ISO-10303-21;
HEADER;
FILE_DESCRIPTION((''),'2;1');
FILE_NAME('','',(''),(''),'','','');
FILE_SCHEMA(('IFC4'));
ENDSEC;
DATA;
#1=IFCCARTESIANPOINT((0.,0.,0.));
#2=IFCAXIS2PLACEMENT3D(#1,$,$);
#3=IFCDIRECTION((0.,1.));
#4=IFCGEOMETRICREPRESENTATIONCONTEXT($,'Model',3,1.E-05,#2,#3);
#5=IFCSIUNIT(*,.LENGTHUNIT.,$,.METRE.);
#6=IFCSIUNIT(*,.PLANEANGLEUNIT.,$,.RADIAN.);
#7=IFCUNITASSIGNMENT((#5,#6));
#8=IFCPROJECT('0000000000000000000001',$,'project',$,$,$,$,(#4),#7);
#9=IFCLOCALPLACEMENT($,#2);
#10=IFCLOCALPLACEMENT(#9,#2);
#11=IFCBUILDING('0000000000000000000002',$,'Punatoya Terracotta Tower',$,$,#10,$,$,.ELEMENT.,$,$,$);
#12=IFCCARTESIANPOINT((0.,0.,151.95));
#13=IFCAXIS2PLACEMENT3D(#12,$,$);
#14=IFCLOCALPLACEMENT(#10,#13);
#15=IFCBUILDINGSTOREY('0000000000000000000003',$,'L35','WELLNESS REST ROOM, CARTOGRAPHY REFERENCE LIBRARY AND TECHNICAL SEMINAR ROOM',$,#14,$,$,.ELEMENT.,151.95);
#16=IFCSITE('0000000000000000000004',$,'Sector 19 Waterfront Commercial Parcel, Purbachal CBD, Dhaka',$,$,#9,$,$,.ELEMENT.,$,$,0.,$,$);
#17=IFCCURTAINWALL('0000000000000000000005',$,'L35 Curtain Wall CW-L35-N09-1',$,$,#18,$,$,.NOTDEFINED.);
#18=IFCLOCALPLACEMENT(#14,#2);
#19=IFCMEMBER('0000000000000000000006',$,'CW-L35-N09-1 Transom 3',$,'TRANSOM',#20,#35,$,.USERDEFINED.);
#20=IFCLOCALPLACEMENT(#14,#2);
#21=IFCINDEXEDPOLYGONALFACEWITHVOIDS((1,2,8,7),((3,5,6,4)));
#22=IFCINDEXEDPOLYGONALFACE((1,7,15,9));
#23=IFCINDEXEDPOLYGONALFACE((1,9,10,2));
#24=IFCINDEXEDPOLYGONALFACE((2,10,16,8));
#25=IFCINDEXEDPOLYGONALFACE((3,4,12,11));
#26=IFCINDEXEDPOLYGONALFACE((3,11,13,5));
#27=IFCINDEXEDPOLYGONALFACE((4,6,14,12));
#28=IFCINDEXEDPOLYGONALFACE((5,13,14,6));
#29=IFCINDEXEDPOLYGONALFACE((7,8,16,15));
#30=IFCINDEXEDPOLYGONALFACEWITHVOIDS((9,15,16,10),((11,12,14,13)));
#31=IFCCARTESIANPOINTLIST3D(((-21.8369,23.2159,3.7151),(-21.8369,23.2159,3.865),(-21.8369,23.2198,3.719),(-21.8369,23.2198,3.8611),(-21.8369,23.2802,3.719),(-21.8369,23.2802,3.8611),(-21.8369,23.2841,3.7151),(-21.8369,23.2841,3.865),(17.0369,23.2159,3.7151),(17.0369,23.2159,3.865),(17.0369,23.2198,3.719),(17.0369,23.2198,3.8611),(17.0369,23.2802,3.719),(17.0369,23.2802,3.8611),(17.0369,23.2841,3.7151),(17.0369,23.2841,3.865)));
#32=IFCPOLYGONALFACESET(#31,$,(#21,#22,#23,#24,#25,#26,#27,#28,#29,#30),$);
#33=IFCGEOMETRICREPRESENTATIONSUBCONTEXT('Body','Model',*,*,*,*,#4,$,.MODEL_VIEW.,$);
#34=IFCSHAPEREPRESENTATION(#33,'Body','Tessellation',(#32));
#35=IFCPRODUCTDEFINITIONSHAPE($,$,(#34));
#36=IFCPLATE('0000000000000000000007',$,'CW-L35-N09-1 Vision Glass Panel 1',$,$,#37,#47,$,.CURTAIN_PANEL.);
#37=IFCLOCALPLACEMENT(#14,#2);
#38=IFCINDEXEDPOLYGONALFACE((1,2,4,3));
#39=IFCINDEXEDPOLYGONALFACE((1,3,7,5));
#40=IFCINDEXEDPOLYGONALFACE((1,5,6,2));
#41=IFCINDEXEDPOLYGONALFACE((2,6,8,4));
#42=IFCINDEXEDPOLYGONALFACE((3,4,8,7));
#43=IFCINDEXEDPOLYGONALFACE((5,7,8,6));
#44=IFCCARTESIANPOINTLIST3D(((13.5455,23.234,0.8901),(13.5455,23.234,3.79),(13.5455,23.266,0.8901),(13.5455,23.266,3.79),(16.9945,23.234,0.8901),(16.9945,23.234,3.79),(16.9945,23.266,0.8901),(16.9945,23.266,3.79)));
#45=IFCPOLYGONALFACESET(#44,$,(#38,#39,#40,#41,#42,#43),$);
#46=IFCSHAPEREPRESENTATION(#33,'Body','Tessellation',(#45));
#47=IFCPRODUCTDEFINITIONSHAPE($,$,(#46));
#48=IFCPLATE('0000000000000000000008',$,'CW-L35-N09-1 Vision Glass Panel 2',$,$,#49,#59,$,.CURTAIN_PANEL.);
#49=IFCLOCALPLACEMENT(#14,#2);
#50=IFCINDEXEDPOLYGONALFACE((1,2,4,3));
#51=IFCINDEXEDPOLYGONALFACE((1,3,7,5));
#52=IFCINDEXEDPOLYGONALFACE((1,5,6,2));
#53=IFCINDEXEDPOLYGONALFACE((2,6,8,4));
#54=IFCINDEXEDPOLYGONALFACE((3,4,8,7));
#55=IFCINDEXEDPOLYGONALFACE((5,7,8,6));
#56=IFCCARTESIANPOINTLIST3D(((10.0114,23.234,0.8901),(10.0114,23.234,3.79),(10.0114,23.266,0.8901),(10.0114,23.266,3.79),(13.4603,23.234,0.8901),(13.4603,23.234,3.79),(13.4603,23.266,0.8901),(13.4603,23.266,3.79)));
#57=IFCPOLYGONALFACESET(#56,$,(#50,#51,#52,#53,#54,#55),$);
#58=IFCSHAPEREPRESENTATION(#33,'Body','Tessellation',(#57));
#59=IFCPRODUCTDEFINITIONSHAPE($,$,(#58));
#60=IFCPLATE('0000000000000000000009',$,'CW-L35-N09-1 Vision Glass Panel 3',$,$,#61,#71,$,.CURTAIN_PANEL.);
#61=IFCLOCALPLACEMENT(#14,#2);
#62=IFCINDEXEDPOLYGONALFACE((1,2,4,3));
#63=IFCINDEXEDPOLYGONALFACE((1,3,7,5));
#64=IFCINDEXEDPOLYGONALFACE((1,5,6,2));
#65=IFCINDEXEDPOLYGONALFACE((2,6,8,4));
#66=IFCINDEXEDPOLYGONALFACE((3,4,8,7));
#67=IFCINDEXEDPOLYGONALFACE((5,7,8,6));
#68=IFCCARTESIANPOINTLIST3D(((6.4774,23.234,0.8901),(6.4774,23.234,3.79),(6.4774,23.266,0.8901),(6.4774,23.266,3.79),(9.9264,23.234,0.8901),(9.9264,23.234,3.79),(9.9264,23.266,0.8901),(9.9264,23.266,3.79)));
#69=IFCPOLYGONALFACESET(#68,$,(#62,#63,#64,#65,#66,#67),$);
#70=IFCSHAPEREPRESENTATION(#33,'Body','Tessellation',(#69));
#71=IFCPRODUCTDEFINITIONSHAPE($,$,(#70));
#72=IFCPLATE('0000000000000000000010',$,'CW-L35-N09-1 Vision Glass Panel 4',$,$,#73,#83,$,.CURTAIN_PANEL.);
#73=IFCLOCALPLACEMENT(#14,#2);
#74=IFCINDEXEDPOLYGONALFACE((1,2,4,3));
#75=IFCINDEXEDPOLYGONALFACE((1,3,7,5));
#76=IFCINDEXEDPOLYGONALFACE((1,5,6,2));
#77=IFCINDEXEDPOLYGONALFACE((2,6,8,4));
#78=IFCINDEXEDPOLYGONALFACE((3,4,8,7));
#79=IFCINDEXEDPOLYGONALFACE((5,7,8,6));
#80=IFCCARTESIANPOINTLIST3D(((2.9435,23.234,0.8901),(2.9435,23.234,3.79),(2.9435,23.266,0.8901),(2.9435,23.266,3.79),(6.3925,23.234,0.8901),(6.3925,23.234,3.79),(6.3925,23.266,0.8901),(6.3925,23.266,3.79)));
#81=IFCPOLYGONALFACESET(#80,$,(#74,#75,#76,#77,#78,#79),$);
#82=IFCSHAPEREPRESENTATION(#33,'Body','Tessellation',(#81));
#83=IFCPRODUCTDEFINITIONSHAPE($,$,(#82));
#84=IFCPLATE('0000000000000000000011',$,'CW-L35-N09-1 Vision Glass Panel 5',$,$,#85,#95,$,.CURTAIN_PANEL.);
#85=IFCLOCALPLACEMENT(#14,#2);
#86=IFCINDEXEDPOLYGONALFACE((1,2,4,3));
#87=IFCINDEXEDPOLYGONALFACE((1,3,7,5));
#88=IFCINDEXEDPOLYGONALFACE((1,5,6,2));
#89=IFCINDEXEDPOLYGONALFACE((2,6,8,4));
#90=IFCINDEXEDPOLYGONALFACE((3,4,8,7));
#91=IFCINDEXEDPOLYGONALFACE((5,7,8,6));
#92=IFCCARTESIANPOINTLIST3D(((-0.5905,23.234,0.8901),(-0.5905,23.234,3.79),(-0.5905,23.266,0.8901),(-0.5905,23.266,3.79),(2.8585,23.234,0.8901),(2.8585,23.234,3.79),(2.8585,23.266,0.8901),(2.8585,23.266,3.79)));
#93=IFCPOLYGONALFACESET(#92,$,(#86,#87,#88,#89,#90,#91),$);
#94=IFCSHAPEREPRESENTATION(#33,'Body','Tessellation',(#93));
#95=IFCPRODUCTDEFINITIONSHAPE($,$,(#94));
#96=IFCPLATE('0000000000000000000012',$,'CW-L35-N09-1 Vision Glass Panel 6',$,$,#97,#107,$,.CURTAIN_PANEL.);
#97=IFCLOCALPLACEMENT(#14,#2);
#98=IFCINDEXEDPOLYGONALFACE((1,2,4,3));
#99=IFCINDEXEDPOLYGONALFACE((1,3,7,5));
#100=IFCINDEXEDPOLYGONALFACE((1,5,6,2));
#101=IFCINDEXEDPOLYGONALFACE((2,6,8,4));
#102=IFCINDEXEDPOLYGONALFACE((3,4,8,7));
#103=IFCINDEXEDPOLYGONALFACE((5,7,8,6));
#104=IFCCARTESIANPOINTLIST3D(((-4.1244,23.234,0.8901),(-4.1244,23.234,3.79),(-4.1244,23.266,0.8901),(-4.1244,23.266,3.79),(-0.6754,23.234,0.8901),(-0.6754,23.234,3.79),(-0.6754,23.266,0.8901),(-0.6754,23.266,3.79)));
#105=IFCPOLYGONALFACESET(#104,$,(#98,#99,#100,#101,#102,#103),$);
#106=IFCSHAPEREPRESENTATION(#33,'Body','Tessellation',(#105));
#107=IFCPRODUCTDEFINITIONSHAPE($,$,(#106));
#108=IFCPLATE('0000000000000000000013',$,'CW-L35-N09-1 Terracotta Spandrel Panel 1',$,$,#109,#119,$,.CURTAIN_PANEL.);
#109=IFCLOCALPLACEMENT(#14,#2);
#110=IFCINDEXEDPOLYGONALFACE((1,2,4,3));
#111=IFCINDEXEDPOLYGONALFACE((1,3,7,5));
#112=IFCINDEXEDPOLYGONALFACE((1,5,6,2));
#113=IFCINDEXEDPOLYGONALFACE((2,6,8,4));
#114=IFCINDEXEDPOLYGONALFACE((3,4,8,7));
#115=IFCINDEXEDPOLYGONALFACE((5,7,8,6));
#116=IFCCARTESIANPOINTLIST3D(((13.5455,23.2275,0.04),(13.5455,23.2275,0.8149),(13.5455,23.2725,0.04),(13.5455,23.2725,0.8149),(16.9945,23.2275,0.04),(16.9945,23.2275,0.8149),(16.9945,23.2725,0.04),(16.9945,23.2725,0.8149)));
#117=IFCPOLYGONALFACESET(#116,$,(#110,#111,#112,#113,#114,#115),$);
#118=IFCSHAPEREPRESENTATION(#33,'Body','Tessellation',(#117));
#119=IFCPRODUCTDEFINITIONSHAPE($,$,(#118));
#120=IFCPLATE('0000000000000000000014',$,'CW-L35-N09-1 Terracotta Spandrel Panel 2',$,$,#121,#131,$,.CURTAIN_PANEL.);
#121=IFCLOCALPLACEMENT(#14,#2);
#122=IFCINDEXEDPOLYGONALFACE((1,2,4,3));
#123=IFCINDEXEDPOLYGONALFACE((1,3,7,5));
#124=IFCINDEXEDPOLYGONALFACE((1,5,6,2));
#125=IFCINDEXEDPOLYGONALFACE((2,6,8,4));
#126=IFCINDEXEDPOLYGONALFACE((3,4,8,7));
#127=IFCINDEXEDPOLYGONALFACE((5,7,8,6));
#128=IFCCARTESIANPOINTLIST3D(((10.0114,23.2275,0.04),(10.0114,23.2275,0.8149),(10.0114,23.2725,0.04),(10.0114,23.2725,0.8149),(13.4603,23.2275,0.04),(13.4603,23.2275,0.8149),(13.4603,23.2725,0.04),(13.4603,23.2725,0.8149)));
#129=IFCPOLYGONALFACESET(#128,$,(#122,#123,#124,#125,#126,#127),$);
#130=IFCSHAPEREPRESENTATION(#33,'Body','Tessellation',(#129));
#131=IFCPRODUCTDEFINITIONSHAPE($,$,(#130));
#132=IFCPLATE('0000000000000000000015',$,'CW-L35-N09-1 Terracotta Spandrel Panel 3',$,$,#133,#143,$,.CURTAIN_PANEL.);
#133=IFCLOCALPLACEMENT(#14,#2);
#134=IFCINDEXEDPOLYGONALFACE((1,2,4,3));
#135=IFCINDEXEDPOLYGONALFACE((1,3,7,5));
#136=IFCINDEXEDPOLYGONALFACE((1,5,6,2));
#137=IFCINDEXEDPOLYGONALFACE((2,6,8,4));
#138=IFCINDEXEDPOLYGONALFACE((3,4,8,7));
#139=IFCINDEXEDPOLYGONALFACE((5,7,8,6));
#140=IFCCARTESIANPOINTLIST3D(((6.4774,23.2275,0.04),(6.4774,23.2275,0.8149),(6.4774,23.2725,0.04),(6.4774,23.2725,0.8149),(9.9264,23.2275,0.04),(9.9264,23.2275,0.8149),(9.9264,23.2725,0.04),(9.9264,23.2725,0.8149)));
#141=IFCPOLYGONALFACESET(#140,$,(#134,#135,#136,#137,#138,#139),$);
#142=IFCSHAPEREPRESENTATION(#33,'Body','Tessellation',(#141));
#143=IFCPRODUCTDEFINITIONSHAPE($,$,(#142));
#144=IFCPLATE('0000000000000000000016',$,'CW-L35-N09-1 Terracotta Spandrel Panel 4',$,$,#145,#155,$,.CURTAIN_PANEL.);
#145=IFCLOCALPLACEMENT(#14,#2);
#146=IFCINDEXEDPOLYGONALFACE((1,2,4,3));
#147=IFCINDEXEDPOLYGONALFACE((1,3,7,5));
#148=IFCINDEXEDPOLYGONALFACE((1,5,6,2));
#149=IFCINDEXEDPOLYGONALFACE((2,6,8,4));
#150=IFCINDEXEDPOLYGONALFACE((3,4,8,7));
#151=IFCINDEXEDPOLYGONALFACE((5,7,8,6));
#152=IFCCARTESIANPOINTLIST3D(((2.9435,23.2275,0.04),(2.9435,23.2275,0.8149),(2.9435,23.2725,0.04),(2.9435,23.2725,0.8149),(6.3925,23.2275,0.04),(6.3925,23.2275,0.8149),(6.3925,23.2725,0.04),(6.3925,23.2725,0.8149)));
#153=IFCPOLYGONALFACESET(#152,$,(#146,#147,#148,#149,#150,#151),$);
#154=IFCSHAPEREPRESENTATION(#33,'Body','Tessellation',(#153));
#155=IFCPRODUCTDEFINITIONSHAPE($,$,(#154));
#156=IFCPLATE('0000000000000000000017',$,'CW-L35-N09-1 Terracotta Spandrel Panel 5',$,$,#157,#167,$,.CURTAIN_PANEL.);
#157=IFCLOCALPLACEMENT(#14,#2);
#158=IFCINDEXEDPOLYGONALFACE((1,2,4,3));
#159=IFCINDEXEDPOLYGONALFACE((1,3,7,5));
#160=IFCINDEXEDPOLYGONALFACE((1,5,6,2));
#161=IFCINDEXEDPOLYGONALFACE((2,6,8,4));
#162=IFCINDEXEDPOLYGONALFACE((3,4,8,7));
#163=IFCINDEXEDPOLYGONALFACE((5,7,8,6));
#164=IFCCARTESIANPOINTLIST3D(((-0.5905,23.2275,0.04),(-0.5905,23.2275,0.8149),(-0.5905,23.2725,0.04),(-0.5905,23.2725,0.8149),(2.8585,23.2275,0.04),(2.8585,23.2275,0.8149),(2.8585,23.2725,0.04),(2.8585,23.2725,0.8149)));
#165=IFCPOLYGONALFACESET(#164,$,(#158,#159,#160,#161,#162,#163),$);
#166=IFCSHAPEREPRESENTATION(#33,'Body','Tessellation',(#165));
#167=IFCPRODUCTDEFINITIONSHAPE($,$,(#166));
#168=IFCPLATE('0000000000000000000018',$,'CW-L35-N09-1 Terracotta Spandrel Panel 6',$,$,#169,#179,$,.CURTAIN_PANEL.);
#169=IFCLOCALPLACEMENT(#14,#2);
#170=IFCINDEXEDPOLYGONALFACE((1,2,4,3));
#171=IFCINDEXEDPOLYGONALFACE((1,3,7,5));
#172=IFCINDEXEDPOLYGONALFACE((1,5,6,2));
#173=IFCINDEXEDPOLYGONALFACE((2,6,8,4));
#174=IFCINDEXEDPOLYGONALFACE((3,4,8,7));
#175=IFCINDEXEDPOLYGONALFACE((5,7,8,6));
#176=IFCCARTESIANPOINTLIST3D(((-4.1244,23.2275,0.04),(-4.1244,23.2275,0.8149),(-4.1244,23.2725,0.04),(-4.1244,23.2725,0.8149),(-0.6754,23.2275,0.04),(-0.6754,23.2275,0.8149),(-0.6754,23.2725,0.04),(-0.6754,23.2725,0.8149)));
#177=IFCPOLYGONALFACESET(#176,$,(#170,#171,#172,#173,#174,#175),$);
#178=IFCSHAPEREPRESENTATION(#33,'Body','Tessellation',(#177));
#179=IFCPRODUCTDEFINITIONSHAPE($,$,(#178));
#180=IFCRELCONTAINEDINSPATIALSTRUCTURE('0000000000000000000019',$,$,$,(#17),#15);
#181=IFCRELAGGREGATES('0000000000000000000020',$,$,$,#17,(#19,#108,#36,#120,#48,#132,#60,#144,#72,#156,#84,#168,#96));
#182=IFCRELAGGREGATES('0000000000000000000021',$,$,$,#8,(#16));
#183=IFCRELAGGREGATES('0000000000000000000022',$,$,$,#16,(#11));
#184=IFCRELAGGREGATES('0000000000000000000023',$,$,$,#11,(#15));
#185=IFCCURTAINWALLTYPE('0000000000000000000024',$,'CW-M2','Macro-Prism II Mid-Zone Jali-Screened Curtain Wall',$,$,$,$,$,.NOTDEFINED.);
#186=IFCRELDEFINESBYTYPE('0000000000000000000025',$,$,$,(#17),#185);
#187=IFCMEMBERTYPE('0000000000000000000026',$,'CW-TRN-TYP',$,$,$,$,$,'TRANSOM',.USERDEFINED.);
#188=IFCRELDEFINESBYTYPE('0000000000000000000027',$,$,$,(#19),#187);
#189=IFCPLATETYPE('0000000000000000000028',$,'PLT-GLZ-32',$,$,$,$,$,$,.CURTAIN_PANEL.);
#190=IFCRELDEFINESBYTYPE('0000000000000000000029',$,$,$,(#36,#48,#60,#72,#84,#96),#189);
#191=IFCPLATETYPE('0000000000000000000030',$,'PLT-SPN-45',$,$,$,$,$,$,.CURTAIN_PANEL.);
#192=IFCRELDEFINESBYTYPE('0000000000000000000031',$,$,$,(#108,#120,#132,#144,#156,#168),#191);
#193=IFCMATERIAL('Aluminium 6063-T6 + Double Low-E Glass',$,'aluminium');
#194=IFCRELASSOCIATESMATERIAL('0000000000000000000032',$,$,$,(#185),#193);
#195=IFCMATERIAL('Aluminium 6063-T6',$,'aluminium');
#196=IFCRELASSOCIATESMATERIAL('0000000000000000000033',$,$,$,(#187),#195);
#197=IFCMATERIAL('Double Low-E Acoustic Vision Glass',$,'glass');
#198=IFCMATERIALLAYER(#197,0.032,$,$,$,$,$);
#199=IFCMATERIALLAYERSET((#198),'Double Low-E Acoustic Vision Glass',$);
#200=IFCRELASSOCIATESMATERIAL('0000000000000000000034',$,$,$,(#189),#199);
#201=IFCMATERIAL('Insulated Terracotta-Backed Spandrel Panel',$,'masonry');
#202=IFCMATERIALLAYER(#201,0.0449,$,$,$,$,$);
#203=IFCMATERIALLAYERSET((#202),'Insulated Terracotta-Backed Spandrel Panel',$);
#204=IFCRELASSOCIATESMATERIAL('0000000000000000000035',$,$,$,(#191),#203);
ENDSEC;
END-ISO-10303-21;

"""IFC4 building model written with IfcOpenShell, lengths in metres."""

from ifc_helpers import new_model, si_unit, direction, frame, origin, origin_2d, place, context, subcontext, project, spatial, rectangle, hollow_rectangle, extrude, material, layer, layer_set, material_profile, profile_set, type_object, element, aggregate, save


model = new_model("IFC4")

# Units and contexts
model_context = context("Model", 3, precision=1e-05, world=origin(), true_north=direction((0.0, 1.0)))
body_context = subcontext(model_context, "Body", "Model", "MODEL_VIEW")
ifc_project = project(units=[si_unit("LENGTHUNIT", "METRE"), si_unit("PLANEANGLEUNIT", "RADIAN")], contexts=[model_context])

# Site, building, storey
site_placement = place(None, origin())
site = spatial("IfcSite", under=ifc_project, at=site_placement, Name="Sector 19 Waterfront Commercial Parcel, Purbachal CBD, Dhaka", CompositionType="ELEMENT", RefElevation=0.0)
building_placement = place(site_placement, origin())
building = spatial("IfcBuilding", under=site, at=building_placement, Name="Punatoya Terracotta Tower", CompositionType="ELEMENT")
storey_placement = place(building_placement, frame((0.0, 0.0, 151.95)))
storey = spatial("IfcBuildingStorey", under=building, at=storey_placement, Name="L35", Description="WELLNESS REST ROOM, CARTOGRAPHY REFERENCE LIBRARY AND TECHNICAL SEMINAR ROOM", CompositionType="ELEMENT", Elevation=151.95)

# Curtain wall, member, plates
ifc_material_1 = material(Name="Aluminium 6063-T6 + Double Low-E Glass", Category="aluminium")
curtain_wall_type = type_object("IfcCurtainWallType", Name="CW-M2", Description="Macro-Prism II Mid-Zone Jali-Screened Curtain Wall", PredefinedType="NOTDEFINED", material=ifc_material_1)
curtain_wall_placement = place(storey_placement, origin())
curtain_wall = element("IfcCurtainWall", 1, at=curtain_wall_placement, inside=storey, type_object=curtain_wall_type, Name="L35 Curtain Wall CW-L35-N09-1", PredefinedType="NOTDEFINED")
ifc_material_2 = material(Name="Aluminium 6063-T6", Category="aluminium")
ifc_material_profile_1 = material_profile(ifc_material_2, hollow_rectangle(XDim=0.0681, YDim=0.1499, WallThickness=0.0039, at=origin_2d()))
ifc_profile_set_1 = profile_set([ifc_material_profile_1], Name="Aluminium 6063-T6")
member_type_1 = type_object("IfcMemberType", Name="CW-TRN-TYP", ElementType="TRANSOM", PredefinedType="USERDEFINED", material=ifc_profile_set_1)
member_1_placement = place(storey_placement, frame((17.0369, 23.25, 3.79), z_axis=(-1.0, 0.0, 0.0), x_axis=(0.0, -1.0, 0.0)))
member_1 = element("IfcMember", 2, at=member_1_placement, type_object=member_type_1, Name="CW-L35-N09-1 Transom 3", ObjectType="TRANSOM", PredefinedType="USERDEFINED", context=body_context, shape_type="SweptSolid", body=[
    extrude(hollow_rectangle(XDim=0.0681, YDim=0.1499, WallThickness=0.0039, at=origin_2d()), origin(), (0.0, 0.0, 1.0), 38.8738),
])
ifc_material_3 = material(Name="Double Low-E Acoustic Vision Glass", Category="glass")
ifc_layer_1 = layer(ifc_material_3, 0.032)
ifc_layer_set_1 = layer_set([ifc_layer_1], Name="Double Low-E Acoustic Vision Glass")
plate_type_1 = type_object("IfcPlateType", Name="PLT-GLZ-32", PredefinedType="CURTAIN_PANEL", material=ifc_layer_set_1)
plate_1_placement = place(storey_placement, frame((15.27, 23.25, 0.8901), z_axis=(0.0, 0.0, 1.0), x_axis=(-1.0, 0.0, 0.0)))
plate_1 = element("IfcPlate", 3, at=plate_1_placement, type_object=plate_type_1, Name="CW-L35-N09-1 Vision Glass Panel 1", PredefinedType="CURTAIN_PANEL", context=body_context, shape_type="SweptSolid", body=[
    extrude(rectangle(XDim=3.449, YDim=0.032, at=origin_2d()), origin(), (0.0, 0.0, 1.0), 2.8999),
])
plate_2_placement = place(storey_placement, frame((11.7358, 23.25, 0.8901), z_axis=(0.0, 0.0, 1.0), x_axis=(-1.0, 0.0, 0.0)))
plate_2 = element("IfcPlate", 4, at=plate_2_placement, type_object=plate_type_1, Name="CW-L35-N09-1 Vision Glass Panel 2", PredefinedType="CURTAIN_PANEL", context=body_context, shape_type="SweptSolid", body=[
    extrude(rectangle(XDim=3.449, YDim=0.032, at=origin_2d()), origin(), (0.0, 0.0, 1.0), 2.8999),
])
plate_3_placement = place(storey_placement, frame((8.2019, 23.25, 0.8901), z_axis=(0.0, 0.0, 1.0), x_axis=(-1.0, 0.0, 0.0)))
plate_3 = element("IfcPlate", 5, at=plate_3_placement, type_object=plate_type_1, Name="CW-L35-N09-1 Vision Glass Panel 3", PredefinedType="CURTAIN_PANEL", context=body_context, shape_type="SweptSolid", body=[
    extrude(rectangle(XDim=3.449, YDim=0.032, at=origin_2d()), origin(), (0.0, 0.0, 1.0), 2.8999),
])
plate_4_placement = place(storey_placement, frame((4.668, 23.25, 0.8901), z_axis=(0.0, 0.0, 1.0), x_axis=(-1.0, 0.0, 0.0)))
plate_4 = element("IfcPlate", 6, at=plate_4_placement, type_object=plate_type_1, Name="CW-L35-N09-1 Vision Glass Panel 4", PredefinedType="CURTAIN_PANEL", context=body_context, shape_type="SweptSolid", body=[
    extrude(rectangle(XDim=3.449, YDim=0.032, at=origin_2d()), origin(), (0.0, 0.0, 1.0), 2.8999),
])
plate_5_placement = place(storey_placement, frame((1.134, 23.25, 0.8901), z_axis=(0.0, 0.0, 1.0), x_axis=(-1.0, 0.0, 0.0)))
plate_5 = element("IfcPlate", 7, at=plate_5_placement, type_object=plate_type_1, Name="CW-L35-N09-1 Vision Glass Panel 5", PredefinedType="CURTAIN_PANEL", context=body_context, shape_type="SweptSolid", body=[
    extrude(rectangle(XDim=3.449, YDim=0.032, at=origin_2d()), origin(), (0.0, 0.0, 1.0), 2.8999),
])
plate_6_placement = place(storey_placement, frame((-2.3999, 23.25, 0.8901), z_axis=(0.0, 0.0, 1.0), x_axis=(-1.0, 0.0, 0.0)))
plate_6 = element("IfcPlate", 8, at=plate_6_placement, type_object=plate_type_1, Name="CW-L35-N09-1 Vision Glass Panel 6", PredefinedType="CURTAIN_PANEL", context=body_context, shape_type="SweptSolid", body=[
    extrude(rectangle(XDim=3.449, YDim=0.032, at=origin_2d()), origin(), (0.0, 0.0, 1.0), 2.8999),
])
ifc_material_4 = material(Name="Insulated Terracotta-Backed Spandrel Panel", Category="masonry")
ifc_layer_2 = layer(ifc_material_4, 0.0449)
ifc_layer_set_2 = layer_set([ifc_layer_2], Name="Insulated Terracotta-Backed Spandrel Panel")
plate_type_2 = type_object("IfcPlateType", Name="PLT-SPN-45", PredefinedType="CURTAIN_PANEL", material=ifc_layer_set_2)
plate_7_placement = place(storey_placement, frame((15.27, 23.25, 0.04), z_axis=(0.0, 0.0, 1.0), x_axis=(-1.0, 0.0, 0.0)))
plate_7 = element("IfcPlate", 9, at=plate_7_placement, type_object=plate_type_2, Name="CW-L35-N09-1 Terracotta Spandrel Panel 1", PredefinedType="CURTAIN_PANEL", context=body_context, shape_type="SweptSolid", body=[
    extrude(rectangle(XDim=3.449, YDim=0.0449, at=origin_2d()), origin(), (0.0, 0.0, 1.0), 0.7749),
])
plate_8_placement = place(storey_placement, frame((11.7358, 23.25, 0.04), z_axis=(0.0, 0.0, 1.0), x_axis=(-1.0, 0.0, 0.0)))
plate_8 = element("IfcPlate", 10, at=plate_8_placement, type_object=plate_type_2, Name="CW-L35-N09-1 Terracotta Spandrel Panel 2", PredefinedType="CURTAIN_PANEL", context=body_context, shape_type="SweptSolid", body=[
    extrude(rectangle(XDim=3.449, YDim=0.0449, at=origin_2d()), origin(), (0.0, 0.0, 1.0), 0.7749),
])
plate_9_placement = place(storey_placement, frame((8.2019, 23.25, 0.04), z_axis=(0.0, 0.0, 1.0), x_axis=(-1.0, 0.0, 0.0)))
plate_9 = element("IfcPlate", 11, at=plate_9_placement, type_object=plate_type_2, Name="CW-L35-N09-1 Terracotta Spandrel Panel 3", PredefinedType="CURTAIN_PANEL", context=body_context, shape_type="SweptSolid", body=[
    extrude(rectangle(XDim=3.449, YDim=0.0449, at=origin_2d()), origin(), (0.0, 0.0, 1.0), 0.7749),
])
plate_10_placement = place(storey_placement, frame((4.668, 23.25, 0.04), z_axis=(0.0, 0.0, 1.0), x_axis=(-1.0, 0.0, 0.0)))
plate_10 = element("IfcPlate", 12, at=plate_10_placement, type_object=plate_type_2, Name="CW-L35-N09-1 Terracotta Spandrel Panel 4", PredefinedType="CURTAIN_PANEL", context=body_context, shape_type="SweptSolid", body=[
    extrude(rectangle(XDim=3.449, YDim=0.0449, at=origin_2d()), origin(), (0.0, 0.0, 1.0), 0.7749),
])
plate_11_placement = place(storey_placement, frame((1.134, 23.25, 0.04), z_axis=(0.0, 0.0, 1.0), x_axis=(-1.0, 0.0, 0.0)))
plate_11 = element("IfcPlate", 13, at=plate_11_placement, type_object=plate_type_2, Name="CW-L35-N09-1 Terracotta Spandrel Panel 5", PredefinedType="CURTAIN_PANEL", context=body_context, shape_type="SweptSolid", body=[
    extrude(rectangle(XDim=3.449, YDim=0.0449, at=origin_2d()), origin(), (0.0, 0.0, 1.0), 0.7749),
])
plate_12_placement = place(storey_placement, frame((-2.3999, 23.25, 0.04), z_axis=(0.0, 0.0, 1.0), x_axis=(-1.0, 0.0, 0.0)))
plate_12 = element("IfcPlate", 14, at=plate_12_placement, type_object=plate_type_2, Name="CW-L35-N09-1 Terracotta Spandrel Panel 6", PredefinedType="CURTAIN_PANEL", context=body_context, shape_type="SweptSolid", body=[
    extrude(rectangle(XDim=3.449, YDim=0.0449, at=origin_2d()), origin(), (0.0, 0.0, 1.0), 0.7749),
])
aggregate(curtain_wall, [member_1, plate_7, plate_1, plate_8, plate_2, plate_9, plate_3, plate_10, plate_4, plate_11, plate_5, plate_12, plate_6])

save(model, "model.ifc")
